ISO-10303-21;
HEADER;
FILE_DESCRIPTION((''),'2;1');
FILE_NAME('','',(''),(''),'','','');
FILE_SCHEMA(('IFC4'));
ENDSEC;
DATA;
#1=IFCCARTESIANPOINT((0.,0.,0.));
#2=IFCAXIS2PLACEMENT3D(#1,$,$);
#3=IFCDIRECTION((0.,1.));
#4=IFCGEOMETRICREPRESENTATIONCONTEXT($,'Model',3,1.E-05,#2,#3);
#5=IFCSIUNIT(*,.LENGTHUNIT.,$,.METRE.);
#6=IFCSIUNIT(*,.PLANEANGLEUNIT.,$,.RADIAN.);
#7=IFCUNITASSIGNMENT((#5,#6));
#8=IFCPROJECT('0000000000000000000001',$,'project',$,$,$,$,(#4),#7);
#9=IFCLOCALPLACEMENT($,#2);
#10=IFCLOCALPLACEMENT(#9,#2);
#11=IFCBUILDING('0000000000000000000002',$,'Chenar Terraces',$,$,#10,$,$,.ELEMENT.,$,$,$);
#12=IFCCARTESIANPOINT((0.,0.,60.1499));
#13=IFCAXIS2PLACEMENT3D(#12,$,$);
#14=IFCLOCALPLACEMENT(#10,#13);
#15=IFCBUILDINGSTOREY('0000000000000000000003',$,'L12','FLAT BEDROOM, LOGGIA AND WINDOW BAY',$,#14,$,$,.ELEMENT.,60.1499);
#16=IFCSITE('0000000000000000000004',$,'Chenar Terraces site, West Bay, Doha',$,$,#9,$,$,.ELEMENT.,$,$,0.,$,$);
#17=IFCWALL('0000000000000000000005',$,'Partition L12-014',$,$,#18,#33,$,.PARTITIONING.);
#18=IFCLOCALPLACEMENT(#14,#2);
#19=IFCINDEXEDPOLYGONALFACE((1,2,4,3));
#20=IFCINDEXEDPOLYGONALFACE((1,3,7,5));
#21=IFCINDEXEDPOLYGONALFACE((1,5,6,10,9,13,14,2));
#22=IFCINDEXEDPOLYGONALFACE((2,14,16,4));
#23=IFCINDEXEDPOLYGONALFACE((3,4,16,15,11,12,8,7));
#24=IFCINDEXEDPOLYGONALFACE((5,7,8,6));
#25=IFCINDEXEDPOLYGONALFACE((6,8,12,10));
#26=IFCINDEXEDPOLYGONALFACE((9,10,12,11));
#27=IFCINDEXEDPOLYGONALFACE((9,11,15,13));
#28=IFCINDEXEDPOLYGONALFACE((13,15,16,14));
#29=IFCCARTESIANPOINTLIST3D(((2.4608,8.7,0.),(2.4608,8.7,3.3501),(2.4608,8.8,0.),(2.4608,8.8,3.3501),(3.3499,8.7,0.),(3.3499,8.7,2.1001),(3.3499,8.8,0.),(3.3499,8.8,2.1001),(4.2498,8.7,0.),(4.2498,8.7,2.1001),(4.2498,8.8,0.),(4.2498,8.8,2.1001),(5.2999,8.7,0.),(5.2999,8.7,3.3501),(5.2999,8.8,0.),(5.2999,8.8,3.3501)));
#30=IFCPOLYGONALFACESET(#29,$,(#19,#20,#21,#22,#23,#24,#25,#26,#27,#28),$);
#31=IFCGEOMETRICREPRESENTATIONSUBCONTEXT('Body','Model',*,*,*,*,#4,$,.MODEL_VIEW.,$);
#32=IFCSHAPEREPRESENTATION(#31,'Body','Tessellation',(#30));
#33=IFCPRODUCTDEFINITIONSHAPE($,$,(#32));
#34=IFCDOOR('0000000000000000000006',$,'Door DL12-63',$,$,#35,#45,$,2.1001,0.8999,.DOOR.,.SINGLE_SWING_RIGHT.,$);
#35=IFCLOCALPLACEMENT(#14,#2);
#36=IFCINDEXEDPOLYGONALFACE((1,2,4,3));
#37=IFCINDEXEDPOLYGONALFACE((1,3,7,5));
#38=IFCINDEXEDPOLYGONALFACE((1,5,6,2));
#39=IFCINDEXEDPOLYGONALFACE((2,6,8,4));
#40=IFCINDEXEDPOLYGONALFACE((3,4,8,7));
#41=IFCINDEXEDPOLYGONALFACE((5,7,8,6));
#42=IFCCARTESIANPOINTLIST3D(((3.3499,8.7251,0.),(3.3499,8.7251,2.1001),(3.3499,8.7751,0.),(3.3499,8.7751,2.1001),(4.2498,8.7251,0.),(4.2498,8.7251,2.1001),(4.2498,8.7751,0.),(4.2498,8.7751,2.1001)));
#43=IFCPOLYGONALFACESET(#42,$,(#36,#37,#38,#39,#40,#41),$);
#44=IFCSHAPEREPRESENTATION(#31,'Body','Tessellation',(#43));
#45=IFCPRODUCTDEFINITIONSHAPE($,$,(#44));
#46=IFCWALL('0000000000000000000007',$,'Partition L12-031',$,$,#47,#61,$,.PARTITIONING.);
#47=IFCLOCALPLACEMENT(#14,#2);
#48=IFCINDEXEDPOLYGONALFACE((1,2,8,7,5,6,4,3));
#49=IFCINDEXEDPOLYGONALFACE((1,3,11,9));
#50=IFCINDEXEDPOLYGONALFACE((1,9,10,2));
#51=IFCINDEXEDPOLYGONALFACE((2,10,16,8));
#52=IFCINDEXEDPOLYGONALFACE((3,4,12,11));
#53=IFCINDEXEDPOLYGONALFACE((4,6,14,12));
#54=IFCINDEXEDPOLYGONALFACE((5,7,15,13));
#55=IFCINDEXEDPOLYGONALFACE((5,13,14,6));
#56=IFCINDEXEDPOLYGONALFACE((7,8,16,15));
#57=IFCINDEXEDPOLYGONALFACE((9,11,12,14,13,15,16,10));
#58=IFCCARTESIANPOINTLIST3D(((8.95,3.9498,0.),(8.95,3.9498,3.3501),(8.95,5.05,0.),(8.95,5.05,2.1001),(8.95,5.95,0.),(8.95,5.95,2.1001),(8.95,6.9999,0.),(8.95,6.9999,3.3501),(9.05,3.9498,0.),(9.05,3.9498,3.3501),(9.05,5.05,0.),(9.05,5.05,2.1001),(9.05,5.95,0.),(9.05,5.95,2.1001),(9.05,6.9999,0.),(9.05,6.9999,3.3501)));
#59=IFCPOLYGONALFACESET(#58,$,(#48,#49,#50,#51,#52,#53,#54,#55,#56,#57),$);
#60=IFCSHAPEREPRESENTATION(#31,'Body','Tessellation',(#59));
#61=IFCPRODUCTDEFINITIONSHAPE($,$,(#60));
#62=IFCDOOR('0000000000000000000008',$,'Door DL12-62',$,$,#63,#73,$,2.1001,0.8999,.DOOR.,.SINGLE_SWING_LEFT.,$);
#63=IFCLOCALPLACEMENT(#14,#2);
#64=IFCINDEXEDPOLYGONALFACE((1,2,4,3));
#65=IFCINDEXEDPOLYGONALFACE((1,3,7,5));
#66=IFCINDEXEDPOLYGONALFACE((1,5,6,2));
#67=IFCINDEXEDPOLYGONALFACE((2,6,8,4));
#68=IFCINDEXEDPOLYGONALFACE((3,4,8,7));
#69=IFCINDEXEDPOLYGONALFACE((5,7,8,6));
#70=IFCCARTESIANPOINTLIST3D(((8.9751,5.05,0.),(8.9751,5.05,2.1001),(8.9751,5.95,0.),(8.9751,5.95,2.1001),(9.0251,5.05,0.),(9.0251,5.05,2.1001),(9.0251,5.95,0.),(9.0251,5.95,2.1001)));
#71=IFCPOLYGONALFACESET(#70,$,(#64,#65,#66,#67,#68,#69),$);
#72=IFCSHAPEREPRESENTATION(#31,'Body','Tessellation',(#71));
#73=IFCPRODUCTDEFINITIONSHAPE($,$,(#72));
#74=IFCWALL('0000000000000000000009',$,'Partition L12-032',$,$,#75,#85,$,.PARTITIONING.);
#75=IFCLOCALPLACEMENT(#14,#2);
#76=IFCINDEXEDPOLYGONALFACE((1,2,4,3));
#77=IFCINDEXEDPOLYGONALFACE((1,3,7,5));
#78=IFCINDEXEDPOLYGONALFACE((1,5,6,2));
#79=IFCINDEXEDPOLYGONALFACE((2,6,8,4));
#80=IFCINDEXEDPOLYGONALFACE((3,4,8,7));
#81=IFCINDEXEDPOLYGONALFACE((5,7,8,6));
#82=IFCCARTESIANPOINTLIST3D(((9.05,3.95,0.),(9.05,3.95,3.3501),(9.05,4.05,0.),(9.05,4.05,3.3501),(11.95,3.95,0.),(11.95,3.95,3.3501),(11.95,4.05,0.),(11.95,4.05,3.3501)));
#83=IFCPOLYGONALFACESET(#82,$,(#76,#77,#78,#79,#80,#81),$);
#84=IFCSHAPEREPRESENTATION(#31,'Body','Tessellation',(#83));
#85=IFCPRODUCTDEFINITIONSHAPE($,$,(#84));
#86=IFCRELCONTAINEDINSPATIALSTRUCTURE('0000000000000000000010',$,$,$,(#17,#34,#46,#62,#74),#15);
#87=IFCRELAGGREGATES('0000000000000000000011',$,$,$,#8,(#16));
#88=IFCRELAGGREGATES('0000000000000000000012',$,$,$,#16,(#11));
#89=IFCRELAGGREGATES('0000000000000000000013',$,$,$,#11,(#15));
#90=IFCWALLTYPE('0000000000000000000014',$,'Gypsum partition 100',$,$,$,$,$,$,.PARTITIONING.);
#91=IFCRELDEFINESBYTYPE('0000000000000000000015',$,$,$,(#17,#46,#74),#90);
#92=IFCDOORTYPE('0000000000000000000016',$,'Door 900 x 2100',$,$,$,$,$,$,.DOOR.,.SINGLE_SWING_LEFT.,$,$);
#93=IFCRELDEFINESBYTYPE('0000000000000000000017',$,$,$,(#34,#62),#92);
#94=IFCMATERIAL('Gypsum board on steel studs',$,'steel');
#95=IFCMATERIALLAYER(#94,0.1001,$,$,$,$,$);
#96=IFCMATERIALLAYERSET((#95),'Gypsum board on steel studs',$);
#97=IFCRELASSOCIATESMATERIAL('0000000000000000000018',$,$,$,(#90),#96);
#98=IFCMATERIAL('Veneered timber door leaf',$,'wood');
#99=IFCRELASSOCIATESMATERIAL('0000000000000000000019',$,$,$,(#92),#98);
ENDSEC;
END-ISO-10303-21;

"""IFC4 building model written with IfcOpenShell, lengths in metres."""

from ifc_helpers import new_model, si_unit, direction, frame, frame_2d, origin, place, context, subcontext, project, spatial, rectangle, extrude, material, layer, layer_set, type_object, element, fill, save


model = new_model("IFC4")

# Units and contexts
model_context = context("Model", 3, precision=1e-05, world=origin(), true_north=direction((0.0, 1.0)))
body_context = subcontext(model_context, "Body", "Model", "MODEL_VIEW")
ifc_project = project(units=[si_unit("LENGTHUNIT", "METRE"), si_unit("PLANEANGLEUNIT", "RADIAN")], contexts=[model_context])

# Site, building, storey
site_placement = place(None, origin())
site = spatial("IfcSite", under=ifc_project, at=site_placement, Name="Chenar Terraces site, West Bay, Doha", CompositionType="ELEMENT", RefElevation=0.0)
building_placement = place(site_placement, origin())
building = spatial("IfcBuilding", under=site, at=building_placement, Name="Chenar Terraces", CompositionType="ELEMENT")
storey_placement = place(building_placement, frame((0.0, 0.0, 60.1499)))
storey = spatial("IfcBuildingStorey", under=building, at=storey_placement, Name="L12", Description="FLAT BEDROOM, LOGGIA AND WINDOW BAY", CompositionType="ELEMENT", Elevation=60.1499)

# Walls, openings, doors
ifc_material_1 = material(Name="Gypsum board on steel studs", Category="steel")
ifc_layer_1 = layer(ifc_material_1, 0.1001)
ifc_layer_set_1 = layer_set([ifc_layer_1], Name="Gypsum board on steel studs")
wall_type_1 = type_object("IfcWallType", Name="Gypsum partition 100", PredefinedType="PARTITIONING", material=ifc_layer_set_1)
wall_1_placement = place(storey_placement, frame((2.4609, 8.75, 0.0), z_axis=(0.0, 0.0, 1.0), x_axis=(1.0, 0.0, 0.0)))
wall_1 = element("IfcWall", 1, at=wall_1_placement, inside=storey, type_object=wall_type_1, Name="Partition L12-014", PredefinedType="PARTITIONING", context=body_context, shape_type="SweptSolid", body=[
    extrude(rectangle(XDim=2.8391, YDim=0.1001, at=frame_2d((1.4194, 0.0))), origin(), (0.0, 0.0, 1.0), 3.3501),
])
opening_1_placement = place(wall_1_placement, frame((0.8889, 0.0, 0.0)))
opening_1 = element("IfcOpeningElement", 2, at=opening_1_placement, cuts=wall_1, PredefinedType="OPENING", context=body_context, shape_type="SweptSolid", body=[
    extrude(rectangle(XDim=0.8999, YDim=2.1001, at=frame_2d((0.45, 1.05))), frame((0.0, 0.0601, 0.0), z_axis=(0.0, -1.0, 0.0), x_axis=(1.0, 0.0, 0.0)), (0.0, 0.0, 1.0), 0.1201),
])
ifc_material_2 = material(Name="Veneered timber door leaf", Category="wood")
door_type_1 = type_object("IfcDoorType", Name="Door 900 x 2100", OperationType="SINGLE_SWING_LEFT", PredefinedType="DOOR", material=ifc_material_2)
door_1_placement = place(opening_1_placement, frame((0.8999, 0.0, 0.0), z_axis=(0.0, 0.0, 1.0), x_axis=(-1.0, 0.0, 0.0)))
door_1 = element("IfcDoor", 3, at=door_1_placement, inside=storey, type_object=door_type_1, Name="Door DL12-63", OperationType="SINGLE_SWING_RIGHT", OverallHeight=2.1001, OverallWidth=0.8999, PredefinedType="DOOR", context=body_context, shape_type="SweptSolid", body=[
    extrude(rectangle(XDim=0.8999, YDim=2.1001, at=frame_2d((0.45, 1.05))), frame((0.0, 0.0249, 0.0), z_axis=(0.0, -1.0, 0.0), x_axis=(1.0, 0.0, 0.0)), (0.0, 0.0, 1.0), 0.05),
])
fill(opening_1, door_1)
wall_2_placement = place(storey_placement, frame((9.0, 3.95, 0.0), z_axis=(0.0, 0.0, 1.0), x_axis=(0.0, 1.0, 0.0)))
wall_2 = element("IfcWall", 4, at=wall_2_placement, inside=storey, type_object=wall_type_1, Name="Partition L12-031", PredefinedType="PARTITIONING", context=body_context, shape_type="SweptSolid", body=[
    extrude(rectangle(XDim=3.05, YDim=0.1001, at=frame_2d((1.5249, 0.0))), origin(), (0.0, 0.0, 1.0), 3.3501),
])
opening_2_placement = place(wall_2_placement, frame((1.1001, 0.0, 0.0)))
opening_2 = element("IfcOpeningElement", 5, at=opening_2_placement, cuts=wall_2, PredefinedType="OPENING", context=body_context, shape_type="SweptSolid", body=[
    extrude(rectangle(XDim=0.8999, YDim=2.1001, at=frame_2d((0.45, 1.05))), frame((0.0, 0.0601, 0.0), z_axis=(0.0, -1.0, 0.0), x_axis=(1.0, 0.0, 0.0)), (0.0, 0.0, 1.0), 0.1201),
])
door_2_placement = place(opening_2_placement, origin())
door_2 = element("IfcDoor", 6, at=door_2_placement, inside=storey, type_object=door_type_1, Name="Door DL12-62", OperationType="SINGLE_SWING_LEFT", OverallHeight=2.1001, OverallWidth=0.8999, PredefinedType="DOOR", context=body_context, shape_type="SweptSolid", body=[
    extrude(rectangle(XDim=0.8999, YDim=2.1001, at=frame_2d((0.45, 1.05))), frame((0.0, 0.0249, 0.0), z_axis=(0.0, -1.0, 0.0), x_axis=(1.0, 0.0, 0.0)), (0.0, 0.0, 1.0), 0.05),
])
fill(opening_2, door_2)

# Wall
wall_3_placement = place(storey_placement, frame((9.05, 4.0, 0.0), z_axis=(0.0, 0.0, 1.0), x_axis=(1.0, 0.0, 0.0)))
element("IfcWall", 7, at=wall_3_placement, inside=storey, type_object=wall_type_1, Name="Partition L12-032", PredefinedType="PARTITIONING", context=body_context, shape_type="SweptSolid", body=[
    extrude(rectangle(XDim=2.8999, YDim=0.1001, at=frame_2d((1.45, 0.0))), origin(), (0.0, 0.0, 1.0), 3.3501),
])

save(model, "model.ifc")
